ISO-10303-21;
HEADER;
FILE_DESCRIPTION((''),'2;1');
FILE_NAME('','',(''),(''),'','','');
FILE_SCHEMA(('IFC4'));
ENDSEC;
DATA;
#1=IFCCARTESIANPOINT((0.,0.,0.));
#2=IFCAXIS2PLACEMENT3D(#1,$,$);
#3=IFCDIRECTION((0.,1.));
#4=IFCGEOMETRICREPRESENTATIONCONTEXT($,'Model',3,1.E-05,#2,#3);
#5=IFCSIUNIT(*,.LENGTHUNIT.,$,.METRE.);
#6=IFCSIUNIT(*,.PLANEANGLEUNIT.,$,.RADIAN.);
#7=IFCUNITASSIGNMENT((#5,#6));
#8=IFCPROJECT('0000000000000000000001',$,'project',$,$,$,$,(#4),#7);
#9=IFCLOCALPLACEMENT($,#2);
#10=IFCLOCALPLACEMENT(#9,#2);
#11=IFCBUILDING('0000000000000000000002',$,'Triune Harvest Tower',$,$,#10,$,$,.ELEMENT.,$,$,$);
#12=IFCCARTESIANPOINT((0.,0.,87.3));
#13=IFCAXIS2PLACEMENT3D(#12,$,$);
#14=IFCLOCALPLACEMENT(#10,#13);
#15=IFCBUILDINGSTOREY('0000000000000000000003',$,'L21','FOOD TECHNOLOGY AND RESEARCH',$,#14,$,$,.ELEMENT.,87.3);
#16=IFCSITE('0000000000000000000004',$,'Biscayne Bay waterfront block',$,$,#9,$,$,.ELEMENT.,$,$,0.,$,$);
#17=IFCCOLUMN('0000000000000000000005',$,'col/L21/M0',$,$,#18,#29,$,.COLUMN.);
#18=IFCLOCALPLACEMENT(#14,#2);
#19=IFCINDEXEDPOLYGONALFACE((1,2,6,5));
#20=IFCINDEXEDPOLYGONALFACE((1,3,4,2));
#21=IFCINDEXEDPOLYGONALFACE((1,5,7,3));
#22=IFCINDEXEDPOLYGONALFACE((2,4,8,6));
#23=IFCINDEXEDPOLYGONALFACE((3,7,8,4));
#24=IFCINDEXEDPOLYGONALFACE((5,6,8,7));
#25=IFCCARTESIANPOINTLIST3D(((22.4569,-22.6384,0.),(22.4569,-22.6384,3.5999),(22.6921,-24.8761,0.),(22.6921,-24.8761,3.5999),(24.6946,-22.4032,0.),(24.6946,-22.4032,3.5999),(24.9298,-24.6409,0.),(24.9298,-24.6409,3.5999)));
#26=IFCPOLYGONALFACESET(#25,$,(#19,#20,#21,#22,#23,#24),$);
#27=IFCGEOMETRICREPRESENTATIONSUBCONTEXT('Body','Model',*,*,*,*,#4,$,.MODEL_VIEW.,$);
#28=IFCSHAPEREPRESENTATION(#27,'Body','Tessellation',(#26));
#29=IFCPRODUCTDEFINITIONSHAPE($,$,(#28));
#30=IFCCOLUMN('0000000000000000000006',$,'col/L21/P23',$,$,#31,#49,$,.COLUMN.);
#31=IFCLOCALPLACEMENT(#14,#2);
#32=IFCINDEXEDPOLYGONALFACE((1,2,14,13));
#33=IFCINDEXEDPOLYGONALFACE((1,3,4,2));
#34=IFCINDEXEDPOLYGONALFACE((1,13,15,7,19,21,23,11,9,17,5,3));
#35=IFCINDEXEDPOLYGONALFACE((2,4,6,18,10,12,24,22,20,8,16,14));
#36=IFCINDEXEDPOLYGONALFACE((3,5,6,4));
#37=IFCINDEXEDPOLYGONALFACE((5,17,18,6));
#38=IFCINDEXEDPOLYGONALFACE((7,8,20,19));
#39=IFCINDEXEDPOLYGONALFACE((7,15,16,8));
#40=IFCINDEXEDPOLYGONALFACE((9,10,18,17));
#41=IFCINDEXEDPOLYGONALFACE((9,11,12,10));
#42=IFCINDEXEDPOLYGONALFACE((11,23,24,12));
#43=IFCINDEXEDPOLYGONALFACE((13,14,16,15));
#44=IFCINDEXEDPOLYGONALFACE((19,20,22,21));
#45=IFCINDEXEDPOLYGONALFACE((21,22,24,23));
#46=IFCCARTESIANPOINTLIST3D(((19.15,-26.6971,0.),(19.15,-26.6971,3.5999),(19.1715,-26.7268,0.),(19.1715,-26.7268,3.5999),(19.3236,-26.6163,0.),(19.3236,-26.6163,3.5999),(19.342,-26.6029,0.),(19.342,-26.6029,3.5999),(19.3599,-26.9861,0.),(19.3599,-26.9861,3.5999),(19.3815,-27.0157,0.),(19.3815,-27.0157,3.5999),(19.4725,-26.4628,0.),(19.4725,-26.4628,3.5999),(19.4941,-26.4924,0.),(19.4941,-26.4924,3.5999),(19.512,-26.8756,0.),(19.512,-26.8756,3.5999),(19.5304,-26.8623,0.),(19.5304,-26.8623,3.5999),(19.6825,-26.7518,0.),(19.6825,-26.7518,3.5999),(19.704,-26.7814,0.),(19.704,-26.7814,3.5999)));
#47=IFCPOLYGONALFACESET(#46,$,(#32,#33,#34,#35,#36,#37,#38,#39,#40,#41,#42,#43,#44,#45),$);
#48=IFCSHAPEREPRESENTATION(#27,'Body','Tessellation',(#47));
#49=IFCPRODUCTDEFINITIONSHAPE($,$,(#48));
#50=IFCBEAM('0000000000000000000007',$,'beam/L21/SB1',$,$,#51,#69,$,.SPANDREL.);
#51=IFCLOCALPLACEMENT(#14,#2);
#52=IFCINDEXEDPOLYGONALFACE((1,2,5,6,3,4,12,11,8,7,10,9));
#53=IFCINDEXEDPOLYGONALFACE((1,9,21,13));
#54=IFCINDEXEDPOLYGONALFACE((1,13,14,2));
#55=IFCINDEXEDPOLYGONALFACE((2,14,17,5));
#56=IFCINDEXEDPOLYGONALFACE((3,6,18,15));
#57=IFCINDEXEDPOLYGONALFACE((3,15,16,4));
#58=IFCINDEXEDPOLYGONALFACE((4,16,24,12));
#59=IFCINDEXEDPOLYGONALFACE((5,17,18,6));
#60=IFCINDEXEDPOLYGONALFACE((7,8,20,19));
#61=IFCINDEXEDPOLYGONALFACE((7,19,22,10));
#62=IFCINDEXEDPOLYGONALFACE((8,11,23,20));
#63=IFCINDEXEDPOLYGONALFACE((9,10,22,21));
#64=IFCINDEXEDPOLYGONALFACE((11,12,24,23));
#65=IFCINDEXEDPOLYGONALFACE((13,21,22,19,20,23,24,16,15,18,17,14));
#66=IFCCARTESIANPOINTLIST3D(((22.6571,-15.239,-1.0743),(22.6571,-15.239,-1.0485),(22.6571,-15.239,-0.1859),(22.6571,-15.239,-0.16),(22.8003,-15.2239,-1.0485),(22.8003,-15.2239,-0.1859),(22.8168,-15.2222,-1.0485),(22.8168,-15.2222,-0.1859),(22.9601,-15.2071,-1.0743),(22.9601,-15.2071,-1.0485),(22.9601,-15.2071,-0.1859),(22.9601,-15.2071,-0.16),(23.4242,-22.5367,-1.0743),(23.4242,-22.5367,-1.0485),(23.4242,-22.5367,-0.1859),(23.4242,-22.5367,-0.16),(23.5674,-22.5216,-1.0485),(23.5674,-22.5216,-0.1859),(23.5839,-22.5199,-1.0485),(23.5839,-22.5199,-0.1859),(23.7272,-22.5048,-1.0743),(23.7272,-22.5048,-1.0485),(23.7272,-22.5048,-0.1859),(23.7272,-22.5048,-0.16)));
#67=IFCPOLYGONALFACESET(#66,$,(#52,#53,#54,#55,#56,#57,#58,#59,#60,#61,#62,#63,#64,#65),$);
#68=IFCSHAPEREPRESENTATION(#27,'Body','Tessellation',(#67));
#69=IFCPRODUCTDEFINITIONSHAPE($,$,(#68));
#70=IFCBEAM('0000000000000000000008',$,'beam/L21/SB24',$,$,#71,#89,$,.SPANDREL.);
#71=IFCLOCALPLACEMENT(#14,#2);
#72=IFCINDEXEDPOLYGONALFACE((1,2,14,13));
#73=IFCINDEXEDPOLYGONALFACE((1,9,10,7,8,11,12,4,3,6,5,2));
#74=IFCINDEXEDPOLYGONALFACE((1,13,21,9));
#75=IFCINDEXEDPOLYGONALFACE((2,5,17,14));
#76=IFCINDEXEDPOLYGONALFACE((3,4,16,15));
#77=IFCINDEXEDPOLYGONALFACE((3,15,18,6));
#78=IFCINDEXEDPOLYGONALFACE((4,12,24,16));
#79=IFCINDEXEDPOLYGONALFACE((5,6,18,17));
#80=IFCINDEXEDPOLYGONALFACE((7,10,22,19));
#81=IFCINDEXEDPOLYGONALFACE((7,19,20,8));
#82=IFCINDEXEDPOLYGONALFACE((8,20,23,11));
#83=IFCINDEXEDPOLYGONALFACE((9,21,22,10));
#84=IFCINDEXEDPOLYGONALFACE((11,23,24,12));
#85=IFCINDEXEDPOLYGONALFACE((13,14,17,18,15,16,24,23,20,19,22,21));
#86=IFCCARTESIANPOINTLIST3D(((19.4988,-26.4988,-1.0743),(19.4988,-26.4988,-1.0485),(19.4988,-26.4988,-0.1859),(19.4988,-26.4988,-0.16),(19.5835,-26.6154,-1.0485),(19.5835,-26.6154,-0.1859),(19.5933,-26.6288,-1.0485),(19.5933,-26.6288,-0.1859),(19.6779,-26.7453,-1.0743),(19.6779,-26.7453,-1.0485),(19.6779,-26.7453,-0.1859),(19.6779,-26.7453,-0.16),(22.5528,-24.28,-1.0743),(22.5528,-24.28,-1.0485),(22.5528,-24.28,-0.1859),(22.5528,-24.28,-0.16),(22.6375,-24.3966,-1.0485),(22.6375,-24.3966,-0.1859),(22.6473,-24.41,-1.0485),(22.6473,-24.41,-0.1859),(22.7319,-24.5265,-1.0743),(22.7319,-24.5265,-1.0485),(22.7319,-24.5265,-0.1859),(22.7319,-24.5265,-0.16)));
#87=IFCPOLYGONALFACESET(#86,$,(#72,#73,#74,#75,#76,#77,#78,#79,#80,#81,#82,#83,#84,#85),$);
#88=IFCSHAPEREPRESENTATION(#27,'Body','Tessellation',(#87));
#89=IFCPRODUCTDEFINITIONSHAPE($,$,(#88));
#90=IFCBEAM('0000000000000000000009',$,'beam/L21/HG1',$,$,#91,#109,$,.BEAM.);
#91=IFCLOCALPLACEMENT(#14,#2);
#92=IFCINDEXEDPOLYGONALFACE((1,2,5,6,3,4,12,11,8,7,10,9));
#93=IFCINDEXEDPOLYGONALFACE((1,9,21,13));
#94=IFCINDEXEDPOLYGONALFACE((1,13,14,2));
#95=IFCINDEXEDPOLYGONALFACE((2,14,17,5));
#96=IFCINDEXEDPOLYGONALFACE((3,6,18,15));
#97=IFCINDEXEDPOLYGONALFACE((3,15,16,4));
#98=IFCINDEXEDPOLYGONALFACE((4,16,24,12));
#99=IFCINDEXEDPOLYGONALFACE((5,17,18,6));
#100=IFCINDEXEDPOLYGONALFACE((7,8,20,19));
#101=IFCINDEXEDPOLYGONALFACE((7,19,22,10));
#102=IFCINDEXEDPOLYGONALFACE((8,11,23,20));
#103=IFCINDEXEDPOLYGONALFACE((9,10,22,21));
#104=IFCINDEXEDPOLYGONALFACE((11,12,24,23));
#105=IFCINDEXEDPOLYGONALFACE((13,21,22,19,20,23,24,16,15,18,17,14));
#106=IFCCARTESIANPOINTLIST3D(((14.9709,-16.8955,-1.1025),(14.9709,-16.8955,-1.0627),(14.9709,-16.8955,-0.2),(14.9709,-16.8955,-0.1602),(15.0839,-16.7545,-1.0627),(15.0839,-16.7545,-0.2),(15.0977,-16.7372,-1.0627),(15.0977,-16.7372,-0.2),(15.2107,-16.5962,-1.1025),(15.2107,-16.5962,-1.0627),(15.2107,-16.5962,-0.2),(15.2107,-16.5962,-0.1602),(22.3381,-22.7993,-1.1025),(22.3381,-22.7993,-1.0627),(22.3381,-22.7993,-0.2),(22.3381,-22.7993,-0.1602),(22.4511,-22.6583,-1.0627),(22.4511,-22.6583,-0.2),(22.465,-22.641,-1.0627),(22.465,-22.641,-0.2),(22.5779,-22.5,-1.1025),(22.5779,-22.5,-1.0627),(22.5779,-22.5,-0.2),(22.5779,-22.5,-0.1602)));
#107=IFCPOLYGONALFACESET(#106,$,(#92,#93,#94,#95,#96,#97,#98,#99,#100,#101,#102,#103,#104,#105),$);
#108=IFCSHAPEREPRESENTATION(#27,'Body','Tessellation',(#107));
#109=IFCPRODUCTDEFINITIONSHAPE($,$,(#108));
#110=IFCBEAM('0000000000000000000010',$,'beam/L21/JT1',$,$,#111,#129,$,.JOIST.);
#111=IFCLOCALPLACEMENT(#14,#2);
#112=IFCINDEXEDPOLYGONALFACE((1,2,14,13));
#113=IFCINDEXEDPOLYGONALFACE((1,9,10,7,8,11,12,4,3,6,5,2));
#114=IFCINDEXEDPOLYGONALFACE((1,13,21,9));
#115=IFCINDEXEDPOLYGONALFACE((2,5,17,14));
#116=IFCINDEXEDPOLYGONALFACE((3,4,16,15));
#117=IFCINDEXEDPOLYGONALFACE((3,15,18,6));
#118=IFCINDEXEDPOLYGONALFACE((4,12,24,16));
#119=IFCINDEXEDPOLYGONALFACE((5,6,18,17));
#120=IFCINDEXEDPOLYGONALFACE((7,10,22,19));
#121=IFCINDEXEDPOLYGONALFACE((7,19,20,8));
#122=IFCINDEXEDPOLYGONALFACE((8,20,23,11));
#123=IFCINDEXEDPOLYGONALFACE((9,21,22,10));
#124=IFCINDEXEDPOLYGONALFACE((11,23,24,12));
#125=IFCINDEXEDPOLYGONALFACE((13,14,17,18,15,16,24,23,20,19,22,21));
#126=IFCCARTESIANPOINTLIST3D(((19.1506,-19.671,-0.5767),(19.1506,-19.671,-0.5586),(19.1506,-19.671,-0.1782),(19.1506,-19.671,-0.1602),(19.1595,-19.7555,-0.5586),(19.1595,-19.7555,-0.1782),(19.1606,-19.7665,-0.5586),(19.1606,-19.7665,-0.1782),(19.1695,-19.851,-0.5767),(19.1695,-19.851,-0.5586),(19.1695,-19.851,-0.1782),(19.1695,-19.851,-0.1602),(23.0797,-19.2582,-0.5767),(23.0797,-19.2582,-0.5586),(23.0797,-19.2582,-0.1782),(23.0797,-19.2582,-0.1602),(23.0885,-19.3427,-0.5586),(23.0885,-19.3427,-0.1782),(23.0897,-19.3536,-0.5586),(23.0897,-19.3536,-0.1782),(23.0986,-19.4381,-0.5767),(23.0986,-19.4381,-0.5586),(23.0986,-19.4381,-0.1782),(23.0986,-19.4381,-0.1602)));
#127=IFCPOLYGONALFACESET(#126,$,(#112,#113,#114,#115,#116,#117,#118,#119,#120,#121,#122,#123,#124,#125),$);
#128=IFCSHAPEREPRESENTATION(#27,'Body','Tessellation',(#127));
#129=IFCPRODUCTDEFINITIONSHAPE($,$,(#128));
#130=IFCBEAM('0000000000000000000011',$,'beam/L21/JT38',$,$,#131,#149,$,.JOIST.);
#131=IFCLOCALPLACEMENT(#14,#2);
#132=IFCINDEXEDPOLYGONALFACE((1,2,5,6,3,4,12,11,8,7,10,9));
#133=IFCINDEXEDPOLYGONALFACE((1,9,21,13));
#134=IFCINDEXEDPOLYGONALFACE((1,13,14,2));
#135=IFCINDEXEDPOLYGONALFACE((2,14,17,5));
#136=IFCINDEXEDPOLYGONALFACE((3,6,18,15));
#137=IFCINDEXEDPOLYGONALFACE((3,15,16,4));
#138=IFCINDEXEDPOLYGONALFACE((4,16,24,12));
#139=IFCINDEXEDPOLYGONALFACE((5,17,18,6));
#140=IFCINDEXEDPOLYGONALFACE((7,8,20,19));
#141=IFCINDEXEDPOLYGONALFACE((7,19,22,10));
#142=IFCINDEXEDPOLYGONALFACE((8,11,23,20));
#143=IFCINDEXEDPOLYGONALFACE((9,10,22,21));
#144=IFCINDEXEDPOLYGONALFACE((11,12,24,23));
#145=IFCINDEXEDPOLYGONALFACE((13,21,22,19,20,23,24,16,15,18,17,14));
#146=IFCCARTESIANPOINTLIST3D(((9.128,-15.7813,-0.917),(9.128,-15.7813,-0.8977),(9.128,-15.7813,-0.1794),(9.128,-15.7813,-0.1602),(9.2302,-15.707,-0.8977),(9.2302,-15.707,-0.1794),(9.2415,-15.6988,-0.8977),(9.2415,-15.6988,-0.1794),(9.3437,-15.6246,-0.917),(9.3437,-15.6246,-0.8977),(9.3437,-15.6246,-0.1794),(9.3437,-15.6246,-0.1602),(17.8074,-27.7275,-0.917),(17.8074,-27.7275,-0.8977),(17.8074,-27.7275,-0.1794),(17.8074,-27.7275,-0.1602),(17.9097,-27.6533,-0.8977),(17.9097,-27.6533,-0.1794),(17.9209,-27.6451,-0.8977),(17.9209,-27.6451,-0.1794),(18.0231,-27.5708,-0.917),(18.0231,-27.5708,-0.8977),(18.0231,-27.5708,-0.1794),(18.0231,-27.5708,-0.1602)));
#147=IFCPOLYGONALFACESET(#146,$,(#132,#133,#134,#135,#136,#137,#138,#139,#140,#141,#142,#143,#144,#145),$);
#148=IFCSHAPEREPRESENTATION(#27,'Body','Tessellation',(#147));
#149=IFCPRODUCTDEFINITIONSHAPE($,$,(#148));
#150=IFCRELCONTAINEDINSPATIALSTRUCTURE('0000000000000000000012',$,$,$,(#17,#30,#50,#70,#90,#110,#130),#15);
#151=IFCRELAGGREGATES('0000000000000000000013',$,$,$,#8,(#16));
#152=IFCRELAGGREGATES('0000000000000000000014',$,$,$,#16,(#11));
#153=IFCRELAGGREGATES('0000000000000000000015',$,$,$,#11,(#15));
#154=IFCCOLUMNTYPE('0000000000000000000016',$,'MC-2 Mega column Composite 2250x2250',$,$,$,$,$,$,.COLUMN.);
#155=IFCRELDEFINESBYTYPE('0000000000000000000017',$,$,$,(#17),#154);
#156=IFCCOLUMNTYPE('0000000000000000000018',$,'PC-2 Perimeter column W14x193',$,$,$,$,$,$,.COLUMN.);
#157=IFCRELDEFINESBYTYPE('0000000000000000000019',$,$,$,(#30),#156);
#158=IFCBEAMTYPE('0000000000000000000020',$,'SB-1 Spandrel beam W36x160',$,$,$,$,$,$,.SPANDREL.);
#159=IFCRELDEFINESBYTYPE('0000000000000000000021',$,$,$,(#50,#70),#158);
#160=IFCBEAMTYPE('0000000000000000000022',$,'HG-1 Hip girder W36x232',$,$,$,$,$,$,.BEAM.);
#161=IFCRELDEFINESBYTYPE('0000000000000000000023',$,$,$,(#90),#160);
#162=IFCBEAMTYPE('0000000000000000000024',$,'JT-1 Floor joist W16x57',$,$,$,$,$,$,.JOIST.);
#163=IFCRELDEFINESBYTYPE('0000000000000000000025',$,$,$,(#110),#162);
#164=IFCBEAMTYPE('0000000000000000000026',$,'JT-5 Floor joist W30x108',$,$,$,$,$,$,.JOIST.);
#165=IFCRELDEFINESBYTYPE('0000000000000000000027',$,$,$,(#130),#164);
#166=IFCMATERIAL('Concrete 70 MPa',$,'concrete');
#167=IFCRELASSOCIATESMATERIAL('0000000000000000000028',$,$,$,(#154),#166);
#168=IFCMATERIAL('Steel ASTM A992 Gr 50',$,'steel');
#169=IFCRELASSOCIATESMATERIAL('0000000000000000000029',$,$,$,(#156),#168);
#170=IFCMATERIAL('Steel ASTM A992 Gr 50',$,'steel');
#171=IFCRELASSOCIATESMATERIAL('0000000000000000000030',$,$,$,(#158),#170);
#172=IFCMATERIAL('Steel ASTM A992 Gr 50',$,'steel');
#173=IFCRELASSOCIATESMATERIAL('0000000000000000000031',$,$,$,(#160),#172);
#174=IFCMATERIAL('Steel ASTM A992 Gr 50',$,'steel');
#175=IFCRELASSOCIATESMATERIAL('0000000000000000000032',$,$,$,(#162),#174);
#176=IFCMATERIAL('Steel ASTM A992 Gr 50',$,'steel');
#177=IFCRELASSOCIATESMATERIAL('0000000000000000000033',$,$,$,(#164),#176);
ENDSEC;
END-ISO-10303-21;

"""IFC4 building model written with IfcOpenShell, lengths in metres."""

from ifc_helpers import new_model, si_unit, direction, frame, origin, origin_2d, place, context, subcontext, project, spatial, rectangle, i_section, extrude, source, transform, mapped, material, material_profile, profile_set, type_object, element, save


model = new_model("IFC4")

# Units and contexts
model_context = context("Model", 3, precision=1e-05, world=origin(), true_north=direction((0.0, 1.0)))
body_context = subcontext(model_context, "Body", "Model", "MODEL_VIEW")
ifc_project = project(units=[si_unit("LENGTHUNIT", "METRE"), si_unit("PLANEANGLEUNIT", "RADIAN")], contexts=[model_context])

# Site, building, storey
site_placement = place(None, origin())
site = spatial("IfcSite", under=ifc_project, at=site_placement, Name="Biscayne Bay waterfront block", CompositionType="ELEMENT", RefElevation=0.0)
building_placement = place(site_placement, origin())
building = spatial("IfcBuilding", under=site, at=building_placement, Name="Triune Harvest Tower", CompositionType="ELEMENT")
storey_placement = place(building_placement, frame((0.0, 0.0, 87.3)))
storey = spatial("IfcBuildingStorey", under=building, at=storey_placement, Name="L21", Description="FOOD TECHNOLOGY AND RESEARCH", CompositionType="ELEMENT", Elevation=87.3)

# Columns
ifc_material_1 = material(Name="Concrete 70 MPa", Category="concrete")
ifc_material_profile_1 = material_profile(ifc_material_1, rectangle(XDim=2.25, YDim=2.25, at=origin_2d()), Name="Composite 2250x2250")
ifc_profile_set_1 = profile_set([ifc_material_profile_1], Name="Concrete 70 MPa")
column_type_1 = type_object("IfcColumnType", Name="MC-2 Mega column Composite 2250x2250", PredefinedType="COLUMN", material=ifc_profile_set_1)
shared_shape_1 = source(origin(), body_context, "Body", "SweptSolid", [
    extrude(rectangle(XDim=2.25, YDim=2.25, at=origin_2d()), origin(), (0.0, 0.0, 1.0), 3.5999),
])
column_1_placement = place(storey_placement, frame((23.6934, -23.6396, 0.0), z_axis=(0.0, 0.0, 1.0), x_axis=(-0.104527, 0.994522, 0.0)))
element("IfcColumn", 1, at=column_1_placement, inside=storey, type_object=column_type_1, Name="col/L21/M0", PredefinedType="COLUMN", context=body_context, shape_type="MappedRepresentation", body=[
    mapped(shared_shape_1, transform((0.0, 0.0, 0.0), scale=1.0)),
])
ifc_material_2 = material(Name="Steel ASTM A992 Gr 50", Category="steel")
ifc_material_profile_2 = material_profile(ifc_material_2, i_section(OverallWidth=0.3987, OverallDepth=0.3938, WebThickness=0.0227, FlangeThickness=0.0366, at=origin_2d()), Name="W14x193")
ifc_profile_set_2 = profile_set([ifc_material_profile_2], Name="Steel ASTM A992 Gr 50")
column_type_2 = type_object("IfcColumnType", Name="PC-2 Perimeter column W14x193", PredefinedType="COLUMN", material=ifc_profile_set_2)
shared_shape_2 = source(origin(), body_context, "Body", "SweptSolid", [
    extrude(i_section(OverallWidth=0.3987, OverallDepth=0.3938, WebThickness=0.0227, FlangeThickness=0.0366, at=origin_2d()), origin(), (0.0, 0.0, 1.0), 3.5999),
])
column_2_placement = place(storey_placement, frame((19.427, -26.7393, 0.0), z_axis=(0.0, 0.0, 1.0), x_axis=(0.809015, 0.587788, 0.0)))
element("IfcColumn", 2, at=column_2_placement, inside=storey, type_object=column_type_2, Name="col/L21/P23", PredefinedType="COLUMN", context=body_context, shape_type="MappedRepresentation", body=[
    mapped(shared_shape_2, transform((0.0, 0.0, 0.0), scale=1.0)),
])

# Beams
ifc_material_3 = material(Name="Steel ASTM A992 Gr 50", Category="steel")
ifc_material_profile_3 = material_profile(ifc_material_3, i_section(OverallWidth=0.3047, OverallDepth=0.9143, WebThickness=0.0166, FlangeThickness=0.0259, at=origin_2d()), Name="W36x160")
ifc_profile_set_3 = profile_set([ifc_material_profile_3], Name="Steel ASTM A992 Gr 50")
beam_type_1 = type_object("IfcBeamType", Name="SB-1 Spandrel beam W36x160", PredefinedType="SPANDREL", material=ifc_profile_set_3)
shared_shape_3 = source(origin(), body_context, "Body", "SweptSolid", [
    extrude(i_section(OverallWidth=0.3047, OverallDepth=0.9143, WebThickness=0.0166, FlangeThickness=0.0259, at=origin_2d()), origin(), (0.0, 0.0, 1.0), 7.3379),
])
beam_1_placement = place(storey_placement, frame((23.5757, -22.5208, -0.6172), z_axis=(-0.104539, 0.994521, 0.0), x_axis=(-0.994521, -0.104539, 0.0)))
element("IfcBeam", 3, at=beam_1_placement, inside=storey, type_object=beam_type_1, Name="beam/L21/SB1", PredefinedType="SPANDREL", context=body_context, shape_type="MappedRepresentation", body=[
    mapped(shared_shape_3, transform((0.0, 0.0, 0.0), scale=1.0)),
])
shared_shape_4 = source(origin(), body_context, "Body", "SweptSolid", [
    extrude(i_section(OverallWidth=0.3047, OverallDepth=0.9143, WebThickness=0.0166, FlangeThickness=0.0259, at=origin_2d()), origin(), (0.0, 0.0, 1.0), 3.7749),
])
beam_2_placement = place(storey_placement, frame((19.5884, -26.6221, -0.6172), z_axis=(0.809027, 0.587772, 0.0), x_axis=(-0.587772, 0.809027, 0.0)))
element("IfcBeam", 4, at=beam_2_placement, inside=storey, type_object=beam_type_1, Name="beam/L21/SB24", PredefinedType="SPANDREL", context=body_context, shape_type="MappedRepresentation", body=[
    mapped(shared_shape_4, transform((0.0, 0.0, 0.0), scale=1.0)),
])
ifc_material_4 = material(Name="Steel ASTM A992 Gr 50", Category="steel")
ifc_material_profile_4 = material_profile(ifc_material_4, i_section(OverallWidth=0.3835, OverallDepth=0.9424, WebThickness=0.0222, FlangeThickness=0.0398, at=origin_2d()), Name="W36x232")
ifc_profile_set_4 = profile_set([ifc_material_profile_4], Name="Steel ASTM A992 Gr 50")
beam_type_2 = type_object("IfcBeamType", Name="HG-1 Hip girder W36x232", PredefinedType="BEAM", material=ifc_profile_set_4)
shared_shape_5 = source(origin(), body_context, "Body", "SweptSolid", [
    extrude(i_section(OverallWidth=0.3835, OverallDepth=0.9424, WebThickness=0.0222, FlangeThickness=0.0398, at=origin_2d()), origin(), (0.0, 0.0, 1.0), 9.4409),
])
beam_3_placement = place(storey_placement, frame((22.458, -22.6497, -0.6313), z_axis=(-0.780349, 0.625344, 0.0), x_axis=(-0.625344, -0.780349, 0.0)))
element("IfcBeam", 5, at=beam_3_placement, inside=storey, type_object=beam_type_2, Name="beam/L21/HG1", PredefinedType="BEAM", context=body_context, shape_type="MappedRepresentation", body=[
    mapped(shared_shape_5, transform((0.0, 0.0, 0.0), scale=1.0)),
])
ifc_material_5 = material(Name="Steel ASTM A992 Gr 50", Category="steel")
ifc_material_profile_5 = material_profile(ifc_material_5, i_section(OverallWidth=0.1809, OverallDepth=0.4165, WebThickness=0.011, FlangeThickness=0.0181, at=origin_2d()), Name="W16x57")
ifc_profile_set_5 = profile_set([ifc_material_profile_5], Name="Steel ASTM A992 Gr 50")
beam_type_3 = type_object("IfcBeamType", Name="JT-1 Floor joist W16x57", PredefinedType="JOIST", material=ifc_profile_set_5)
shared_shape_6 = source(origin(), body_context, "Body", "SweptSolid", [
    extrude(i_section(OverallWidth=0.1809, OverallDepth=0.4165, WebThickness=0.011, FlangeThickness=0.0181, at=origin_2d()), origin(), (0.0, 0.0, 1.0), 3.9507),
])
beam_4_placement = place(storey_placement, frame((23.0891, -19.3481, -0.3684), z_axis=(-0.994525, -0.104501, 0.0), x_axis=(0.104501, -0.994525, 0.0)))
element("IfcBeam", 6, at=beam_4_placement, inside=storey, type_object=beam_type_3, Name="beam/L21/JT1", PredefinedType="JOIST", context=body_context, shape_type="MappedRepresentation", body=[
    mapped(shared_shape_6, transform((0.0, 0.0, 0.0), scale=1.0)),
])
ifc_material_6 = material(Name="Steel ASTM A992 Gr 50", Category="steel")
ifc_material_profile_6 = material_profile(ifc_material_6, i_section(OverallWidth=0.2666, OverallDepth=0.7568, WebThickness=0.0139, FlangeThickness=0.0193, at=origin_2d()), Name="W30x108")
ifc_profile_set_6 = profile_set([ifc_material_profile_6], Name="Steel ASTM A992 Gr 50")
beam_type_4 = type_object("IfcBeamType", Name="JT-5 Floor joist W30x108", PredefinedType="JOIST", material=ifc_profile_set_6)
shared_shape_7 = source(origin(), body_context, "Body", "SweptSolid", [
    extrude(i_section(OverallWidth=0.2666, OverallDepth=0.7568, WebThickness=0.0139, FlangeThickness=0.0193, at=origin_2d()), origin(), (0.0, 0.0, 1.0), 14.7664),
])
beam_5_placement = place(storey_placement, frame((17.9153, -27.6492, -0.5386), z_axis=(-0.587783, 0.809018, 0.0), x_axis=(-0.809018, -0.587783, 0.0)))
element("IfcBeam", 7, at=beam_5_placement, inside=storey, type_object=beam_type_4, Name="beam/L21/JT38", PredefinedType="JOIST", context=body_context, shape_type="MappedRepresentation", body=[
    mapped(shared_shape_7, transform((0.0, 0.0, 0.0), scale=1.0)),
])

save(model, "model.ifc")
